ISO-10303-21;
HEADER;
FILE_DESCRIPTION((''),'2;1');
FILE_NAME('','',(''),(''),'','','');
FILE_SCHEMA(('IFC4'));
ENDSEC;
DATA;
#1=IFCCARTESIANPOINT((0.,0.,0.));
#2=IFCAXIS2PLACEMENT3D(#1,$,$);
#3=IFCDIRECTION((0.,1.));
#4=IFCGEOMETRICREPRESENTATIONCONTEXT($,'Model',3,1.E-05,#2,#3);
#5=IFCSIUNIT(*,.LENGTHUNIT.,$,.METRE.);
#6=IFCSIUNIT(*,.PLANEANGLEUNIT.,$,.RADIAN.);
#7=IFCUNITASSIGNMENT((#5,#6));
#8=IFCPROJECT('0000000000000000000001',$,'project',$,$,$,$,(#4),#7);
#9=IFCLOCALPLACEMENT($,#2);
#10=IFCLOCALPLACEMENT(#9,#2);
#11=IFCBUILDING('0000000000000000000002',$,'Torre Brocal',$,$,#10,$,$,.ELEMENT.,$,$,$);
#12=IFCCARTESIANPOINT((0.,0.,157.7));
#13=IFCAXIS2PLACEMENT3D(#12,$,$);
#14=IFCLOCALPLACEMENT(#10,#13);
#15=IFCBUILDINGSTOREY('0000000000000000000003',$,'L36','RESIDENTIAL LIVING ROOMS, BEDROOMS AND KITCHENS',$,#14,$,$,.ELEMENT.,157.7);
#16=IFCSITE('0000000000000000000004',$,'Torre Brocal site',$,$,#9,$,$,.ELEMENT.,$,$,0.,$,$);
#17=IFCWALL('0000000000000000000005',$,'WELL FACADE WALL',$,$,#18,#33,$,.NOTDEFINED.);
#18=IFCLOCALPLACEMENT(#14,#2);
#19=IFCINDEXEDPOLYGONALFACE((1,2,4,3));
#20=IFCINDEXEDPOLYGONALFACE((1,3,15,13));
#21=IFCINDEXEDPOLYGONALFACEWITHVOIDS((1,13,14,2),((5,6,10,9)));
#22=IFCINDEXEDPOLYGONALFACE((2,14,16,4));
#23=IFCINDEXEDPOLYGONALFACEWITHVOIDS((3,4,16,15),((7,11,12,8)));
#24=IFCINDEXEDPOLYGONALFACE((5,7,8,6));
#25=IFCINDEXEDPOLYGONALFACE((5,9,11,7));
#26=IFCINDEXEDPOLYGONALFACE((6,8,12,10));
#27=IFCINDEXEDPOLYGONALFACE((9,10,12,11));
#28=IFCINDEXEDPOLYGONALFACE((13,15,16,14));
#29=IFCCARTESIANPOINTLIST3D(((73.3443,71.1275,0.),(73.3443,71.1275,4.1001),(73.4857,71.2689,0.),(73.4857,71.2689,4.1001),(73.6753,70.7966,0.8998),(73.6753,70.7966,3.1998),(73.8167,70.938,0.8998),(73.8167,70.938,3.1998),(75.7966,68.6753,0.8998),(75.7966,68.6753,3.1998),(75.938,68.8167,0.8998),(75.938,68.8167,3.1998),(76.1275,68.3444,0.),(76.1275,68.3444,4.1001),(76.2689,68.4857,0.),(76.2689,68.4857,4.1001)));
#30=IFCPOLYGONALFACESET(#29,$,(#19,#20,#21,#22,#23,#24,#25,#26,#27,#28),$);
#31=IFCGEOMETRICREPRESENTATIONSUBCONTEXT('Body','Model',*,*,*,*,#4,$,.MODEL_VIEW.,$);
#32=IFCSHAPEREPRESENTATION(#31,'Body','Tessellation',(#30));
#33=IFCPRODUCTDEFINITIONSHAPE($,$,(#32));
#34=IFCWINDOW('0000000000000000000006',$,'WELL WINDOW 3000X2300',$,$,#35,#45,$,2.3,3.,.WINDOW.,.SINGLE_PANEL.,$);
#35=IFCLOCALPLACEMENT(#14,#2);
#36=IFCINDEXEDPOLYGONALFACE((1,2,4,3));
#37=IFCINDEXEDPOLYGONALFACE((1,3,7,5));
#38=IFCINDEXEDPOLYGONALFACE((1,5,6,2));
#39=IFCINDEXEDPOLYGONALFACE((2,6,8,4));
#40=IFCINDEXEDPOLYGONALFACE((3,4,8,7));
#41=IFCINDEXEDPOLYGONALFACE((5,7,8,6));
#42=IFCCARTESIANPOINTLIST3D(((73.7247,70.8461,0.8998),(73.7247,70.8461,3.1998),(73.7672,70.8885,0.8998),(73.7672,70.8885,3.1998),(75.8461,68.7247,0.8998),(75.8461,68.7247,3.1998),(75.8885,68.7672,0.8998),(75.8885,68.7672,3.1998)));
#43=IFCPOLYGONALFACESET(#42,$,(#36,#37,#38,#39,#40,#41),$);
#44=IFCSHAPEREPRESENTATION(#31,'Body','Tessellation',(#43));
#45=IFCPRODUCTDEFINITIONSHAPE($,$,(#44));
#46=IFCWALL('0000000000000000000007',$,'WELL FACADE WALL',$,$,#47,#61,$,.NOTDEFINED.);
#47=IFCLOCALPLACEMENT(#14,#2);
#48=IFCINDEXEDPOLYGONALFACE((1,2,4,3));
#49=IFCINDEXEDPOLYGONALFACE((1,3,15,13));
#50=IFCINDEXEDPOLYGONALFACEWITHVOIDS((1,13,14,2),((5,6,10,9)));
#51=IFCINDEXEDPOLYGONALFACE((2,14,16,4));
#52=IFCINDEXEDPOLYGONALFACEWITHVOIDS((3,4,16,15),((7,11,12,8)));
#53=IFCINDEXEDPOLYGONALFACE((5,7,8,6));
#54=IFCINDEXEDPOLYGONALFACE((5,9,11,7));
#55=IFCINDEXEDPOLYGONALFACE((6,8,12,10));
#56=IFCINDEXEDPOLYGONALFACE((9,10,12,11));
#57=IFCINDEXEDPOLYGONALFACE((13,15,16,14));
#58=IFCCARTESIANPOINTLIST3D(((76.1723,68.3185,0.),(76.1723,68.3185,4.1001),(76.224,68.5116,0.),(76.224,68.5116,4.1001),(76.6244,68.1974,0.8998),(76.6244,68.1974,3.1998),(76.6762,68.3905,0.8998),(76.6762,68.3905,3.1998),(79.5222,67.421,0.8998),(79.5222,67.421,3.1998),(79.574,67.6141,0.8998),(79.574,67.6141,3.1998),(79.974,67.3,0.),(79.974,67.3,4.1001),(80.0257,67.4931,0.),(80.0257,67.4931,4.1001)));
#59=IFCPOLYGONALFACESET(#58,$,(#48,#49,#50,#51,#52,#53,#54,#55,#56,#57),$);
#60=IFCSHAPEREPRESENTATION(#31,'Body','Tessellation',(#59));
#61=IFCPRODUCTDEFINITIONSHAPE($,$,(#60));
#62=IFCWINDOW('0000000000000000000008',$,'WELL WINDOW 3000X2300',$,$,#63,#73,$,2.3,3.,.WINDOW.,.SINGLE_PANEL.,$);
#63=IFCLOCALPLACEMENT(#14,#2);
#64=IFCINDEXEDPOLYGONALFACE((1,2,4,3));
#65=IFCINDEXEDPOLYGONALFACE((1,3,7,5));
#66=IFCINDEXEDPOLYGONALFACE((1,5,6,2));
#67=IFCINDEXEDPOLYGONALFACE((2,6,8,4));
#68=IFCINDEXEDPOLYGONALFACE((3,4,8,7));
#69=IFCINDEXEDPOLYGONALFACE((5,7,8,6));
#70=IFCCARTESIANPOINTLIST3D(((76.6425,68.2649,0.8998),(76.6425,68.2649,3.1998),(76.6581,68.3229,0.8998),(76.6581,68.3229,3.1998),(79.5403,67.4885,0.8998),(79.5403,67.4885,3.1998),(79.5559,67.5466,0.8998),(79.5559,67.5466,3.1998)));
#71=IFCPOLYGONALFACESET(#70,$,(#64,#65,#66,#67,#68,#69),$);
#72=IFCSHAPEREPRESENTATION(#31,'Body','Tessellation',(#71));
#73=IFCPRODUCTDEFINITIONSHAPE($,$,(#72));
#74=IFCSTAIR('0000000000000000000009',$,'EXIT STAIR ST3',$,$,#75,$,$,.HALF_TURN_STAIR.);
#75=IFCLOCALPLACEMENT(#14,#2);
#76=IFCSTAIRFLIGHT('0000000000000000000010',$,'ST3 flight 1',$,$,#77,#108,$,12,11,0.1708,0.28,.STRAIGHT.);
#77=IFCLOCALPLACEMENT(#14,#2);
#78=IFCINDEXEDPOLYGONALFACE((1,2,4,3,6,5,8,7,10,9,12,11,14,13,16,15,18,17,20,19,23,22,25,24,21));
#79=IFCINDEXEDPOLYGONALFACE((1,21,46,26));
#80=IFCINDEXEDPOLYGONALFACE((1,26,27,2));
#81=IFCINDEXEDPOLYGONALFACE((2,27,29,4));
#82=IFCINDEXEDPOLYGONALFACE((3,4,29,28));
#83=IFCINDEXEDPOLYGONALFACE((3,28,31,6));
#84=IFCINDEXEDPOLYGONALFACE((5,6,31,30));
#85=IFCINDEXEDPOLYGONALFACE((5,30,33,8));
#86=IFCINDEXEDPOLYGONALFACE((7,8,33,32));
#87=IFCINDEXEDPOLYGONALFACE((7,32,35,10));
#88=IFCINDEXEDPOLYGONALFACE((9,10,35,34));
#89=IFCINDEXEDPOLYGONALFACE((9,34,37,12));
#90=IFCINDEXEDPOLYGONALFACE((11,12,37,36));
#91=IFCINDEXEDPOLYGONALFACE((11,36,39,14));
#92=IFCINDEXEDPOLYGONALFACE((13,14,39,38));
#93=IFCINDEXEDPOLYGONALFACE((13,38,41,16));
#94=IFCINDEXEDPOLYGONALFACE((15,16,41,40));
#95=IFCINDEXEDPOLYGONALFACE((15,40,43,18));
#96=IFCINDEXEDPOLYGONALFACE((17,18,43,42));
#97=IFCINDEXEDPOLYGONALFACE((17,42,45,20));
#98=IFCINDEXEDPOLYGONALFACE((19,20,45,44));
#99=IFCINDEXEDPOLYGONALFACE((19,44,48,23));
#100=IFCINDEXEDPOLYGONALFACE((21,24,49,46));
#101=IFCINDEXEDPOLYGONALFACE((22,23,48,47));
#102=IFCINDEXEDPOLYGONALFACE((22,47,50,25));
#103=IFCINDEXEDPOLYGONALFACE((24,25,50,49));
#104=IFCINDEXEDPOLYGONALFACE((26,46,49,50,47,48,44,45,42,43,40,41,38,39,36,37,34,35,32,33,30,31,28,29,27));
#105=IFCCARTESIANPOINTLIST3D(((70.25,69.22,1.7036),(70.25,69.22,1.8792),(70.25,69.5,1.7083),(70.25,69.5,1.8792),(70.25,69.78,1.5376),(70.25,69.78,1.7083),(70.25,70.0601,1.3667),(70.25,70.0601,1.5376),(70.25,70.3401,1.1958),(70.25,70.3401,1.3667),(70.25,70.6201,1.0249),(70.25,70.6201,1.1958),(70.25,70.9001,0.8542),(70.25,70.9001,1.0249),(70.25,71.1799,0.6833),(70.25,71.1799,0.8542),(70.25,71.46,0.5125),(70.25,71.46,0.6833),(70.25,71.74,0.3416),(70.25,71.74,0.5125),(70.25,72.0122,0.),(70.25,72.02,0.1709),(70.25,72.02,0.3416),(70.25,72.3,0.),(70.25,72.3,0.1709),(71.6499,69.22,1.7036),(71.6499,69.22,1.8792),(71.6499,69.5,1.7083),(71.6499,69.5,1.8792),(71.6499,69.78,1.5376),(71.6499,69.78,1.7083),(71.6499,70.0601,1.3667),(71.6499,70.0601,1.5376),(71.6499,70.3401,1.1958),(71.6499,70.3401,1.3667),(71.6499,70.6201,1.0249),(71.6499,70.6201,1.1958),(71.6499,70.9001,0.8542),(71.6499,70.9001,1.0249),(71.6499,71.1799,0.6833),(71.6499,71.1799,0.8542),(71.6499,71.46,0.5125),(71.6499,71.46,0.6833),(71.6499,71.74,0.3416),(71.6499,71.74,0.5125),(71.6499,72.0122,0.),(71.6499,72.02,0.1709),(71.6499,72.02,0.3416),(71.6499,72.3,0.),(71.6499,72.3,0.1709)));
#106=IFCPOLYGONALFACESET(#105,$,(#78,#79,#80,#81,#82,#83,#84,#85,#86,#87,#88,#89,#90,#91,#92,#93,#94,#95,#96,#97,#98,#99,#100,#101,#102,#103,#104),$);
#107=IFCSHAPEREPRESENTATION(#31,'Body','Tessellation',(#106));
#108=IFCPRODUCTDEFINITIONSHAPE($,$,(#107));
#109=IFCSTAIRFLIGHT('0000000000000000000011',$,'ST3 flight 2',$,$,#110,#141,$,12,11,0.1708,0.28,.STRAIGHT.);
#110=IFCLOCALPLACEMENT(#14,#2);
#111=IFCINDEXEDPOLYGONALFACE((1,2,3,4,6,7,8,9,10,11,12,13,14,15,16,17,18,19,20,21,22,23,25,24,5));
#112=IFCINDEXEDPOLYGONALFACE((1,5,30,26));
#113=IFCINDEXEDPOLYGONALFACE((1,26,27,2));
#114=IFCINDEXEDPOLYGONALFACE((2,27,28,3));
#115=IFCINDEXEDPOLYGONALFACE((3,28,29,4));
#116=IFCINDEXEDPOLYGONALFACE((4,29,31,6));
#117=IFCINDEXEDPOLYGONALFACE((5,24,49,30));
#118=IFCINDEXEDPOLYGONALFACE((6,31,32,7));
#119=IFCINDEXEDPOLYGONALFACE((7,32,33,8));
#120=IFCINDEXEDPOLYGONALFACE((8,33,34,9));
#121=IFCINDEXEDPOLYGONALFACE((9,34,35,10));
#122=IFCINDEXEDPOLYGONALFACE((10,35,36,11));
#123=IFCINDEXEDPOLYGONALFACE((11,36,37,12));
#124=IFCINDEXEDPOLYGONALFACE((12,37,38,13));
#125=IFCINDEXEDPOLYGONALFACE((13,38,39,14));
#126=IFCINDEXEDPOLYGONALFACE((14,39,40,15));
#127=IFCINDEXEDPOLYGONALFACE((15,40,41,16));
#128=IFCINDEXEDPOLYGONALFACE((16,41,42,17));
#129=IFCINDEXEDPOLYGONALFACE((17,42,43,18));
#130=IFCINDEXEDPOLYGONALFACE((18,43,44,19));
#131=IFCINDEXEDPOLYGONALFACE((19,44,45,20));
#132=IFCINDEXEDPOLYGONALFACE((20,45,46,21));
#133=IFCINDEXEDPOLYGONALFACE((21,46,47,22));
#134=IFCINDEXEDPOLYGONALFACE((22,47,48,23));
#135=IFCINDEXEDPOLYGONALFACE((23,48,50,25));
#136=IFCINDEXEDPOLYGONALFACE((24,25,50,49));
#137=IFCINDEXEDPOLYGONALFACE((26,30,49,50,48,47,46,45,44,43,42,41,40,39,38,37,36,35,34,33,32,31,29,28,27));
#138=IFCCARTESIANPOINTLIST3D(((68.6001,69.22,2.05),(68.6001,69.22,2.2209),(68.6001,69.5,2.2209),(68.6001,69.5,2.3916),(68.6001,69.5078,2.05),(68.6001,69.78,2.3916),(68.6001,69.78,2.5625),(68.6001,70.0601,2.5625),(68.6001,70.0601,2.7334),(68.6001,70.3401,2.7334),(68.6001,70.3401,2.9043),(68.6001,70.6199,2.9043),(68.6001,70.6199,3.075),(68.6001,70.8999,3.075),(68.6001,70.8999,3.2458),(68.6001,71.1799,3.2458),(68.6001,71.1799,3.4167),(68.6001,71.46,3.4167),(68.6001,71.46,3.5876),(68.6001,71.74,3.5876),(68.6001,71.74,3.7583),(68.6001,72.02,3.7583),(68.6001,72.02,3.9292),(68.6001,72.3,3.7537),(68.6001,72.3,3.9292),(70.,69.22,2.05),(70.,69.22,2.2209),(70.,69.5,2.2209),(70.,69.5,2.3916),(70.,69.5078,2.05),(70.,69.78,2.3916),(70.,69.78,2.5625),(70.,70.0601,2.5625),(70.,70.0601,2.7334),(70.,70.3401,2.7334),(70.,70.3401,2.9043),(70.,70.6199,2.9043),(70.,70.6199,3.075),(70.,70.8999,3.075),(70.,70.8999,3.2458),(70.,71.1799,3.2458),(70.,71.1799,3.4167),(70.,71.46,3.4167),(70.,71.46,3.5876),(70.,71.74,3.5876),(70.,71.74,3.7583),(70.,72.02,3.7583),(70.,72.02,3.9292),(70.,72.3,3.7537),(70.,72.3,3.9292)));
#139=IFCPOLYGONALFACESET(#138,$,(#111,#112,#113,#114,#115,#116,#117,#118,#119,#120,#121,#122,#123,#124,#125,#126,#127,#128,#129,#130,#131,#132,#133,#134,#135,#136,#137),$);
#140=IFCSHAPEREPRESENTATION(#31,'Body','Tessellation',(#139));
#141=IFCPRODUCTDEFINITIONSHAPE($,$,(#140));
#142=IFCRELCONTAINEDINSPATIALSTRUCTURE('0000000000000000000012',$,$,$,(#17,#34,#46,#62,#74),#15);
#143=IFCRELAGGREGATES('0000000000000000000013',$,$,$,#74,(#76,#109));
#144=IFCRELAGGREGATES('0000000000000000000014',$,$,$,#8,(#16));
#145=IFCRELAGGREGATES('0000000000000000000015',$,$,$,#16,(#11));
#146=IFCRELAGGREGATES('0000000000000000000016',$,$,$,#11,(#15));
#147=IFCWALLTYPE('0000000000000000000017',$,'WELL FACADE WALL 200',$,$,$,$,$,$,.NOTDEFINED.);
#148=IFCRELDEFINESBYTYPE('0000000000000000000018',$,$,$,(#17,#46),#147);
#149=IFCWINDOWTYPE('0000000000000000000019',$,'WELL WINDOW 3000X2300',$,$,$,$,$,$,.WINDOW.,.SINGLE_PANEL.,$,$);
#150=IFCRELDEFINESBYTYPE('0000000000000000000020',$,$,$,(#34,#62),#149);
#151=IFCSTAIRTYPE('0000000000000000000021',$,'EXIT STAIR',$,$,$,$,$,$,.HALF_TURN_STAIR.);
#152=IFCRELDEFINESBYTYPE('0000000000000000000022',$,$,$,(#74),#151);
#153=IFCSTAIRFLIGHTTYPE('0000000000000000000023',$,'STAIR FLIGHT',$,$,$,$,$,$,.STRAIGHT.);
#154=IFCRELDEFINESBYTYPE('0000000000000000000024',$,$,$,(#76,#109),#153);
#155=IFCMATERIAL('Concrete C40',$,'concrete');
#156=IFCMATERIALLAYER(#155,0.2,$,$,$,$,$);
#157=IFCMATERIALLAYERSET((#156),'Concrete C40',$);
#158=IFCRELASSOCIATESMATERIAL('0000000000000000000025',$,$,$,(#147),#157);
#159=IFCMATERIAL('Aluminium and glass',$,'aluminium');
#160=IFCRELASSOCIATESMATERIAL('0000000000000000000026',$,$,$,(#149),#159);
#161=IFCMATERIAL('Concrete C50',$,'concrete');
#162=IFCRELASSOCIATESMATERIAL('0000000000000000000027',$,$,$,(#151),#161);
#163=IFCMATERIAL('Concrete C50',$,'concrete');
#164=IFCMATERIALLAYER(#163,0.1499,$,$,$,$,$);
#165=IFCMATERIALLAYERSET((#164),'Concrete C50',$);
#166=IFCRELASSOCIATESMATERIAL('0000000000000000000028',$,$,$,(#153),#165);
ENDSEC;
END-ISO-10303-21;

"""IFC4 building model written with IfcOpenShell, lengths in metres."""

from ifc_helpers import new_model, si_unit, direction, frame, frame_2d, origin, place, context, subcontext, project, spatial, polyline, rectangle, outline, extrude, material, layer, layer_set, type_object, element, fill, aggregate, save


model = new_model("IFC4")

# Units and contexts
model_context = context("Model", 3, precision=1e-05, world=origin(), true_north=direction((0.0, 1.0)))
body_context = subcontext(model_context, "Body", "Model", "MODEL_VIEW")
ifc_project = project(units=[si_unit("LENGTHUNIT", "METRE"), si_unit("PLANEANGLEUNIT", "RADIAN")], contexts=[model_context])

# Site, building, storey
site_placement = place(None, origin())
site = spatial("IfcSite", under=ifc_project, at=site_placement, Name="Torre Brocal site", CompositionType="ELEMENT", RefElevation=0.0)
building_placement = place(site_placement, origin())
building = spatial("IfcBuilding", under=site, at=building_placement, Name="Torre Brocal", CompositionType="ELEMENT")
storey_placement = place(building_placement, frame((0.0, 0.0, 157.7)))
storey = spatial("IfcBuildingStorey", under=building, at=storey_placement, Name="L36", Description="RESIDENTIAL LIVING ROOMS, BEDROOMS AND KITCHENS", CompositionType="ELEMENT", Elevation=157.7)

# Walls, openings, windows
ifc_material_1 = material(Name="Concrete C40", Category="concrete")
ifc_layer_1 = layer(ifc_material_1, 0.2)
ifc_layer_set_1 = layer_set([ifc_layer_1], Name="Concrete C40")
wall_type_1 = type_object("IfcWallType", Name="WELL FACADE WALL 200", PredefinedType="NOTDEFINED", material=ifc_layer_set_1)
wall_1_placement = place(storey_placement, frame((73.415, 71.1982, 0.0), z_axis=(0.0, 0.0, 1.0), x_axis=(0.707107, -0.707107, 0.0)))
wall_1 = element("IfcWall", 1, at=wall_1_placement, inside=storey, type_object=wall_type_1, Name="WELL FACADE WALL", PredefinedType="NOTDEFINED", context=body_context, shape_type="SweptSolid", body=[
    extrude(rectangle(XDim=3.936, YDim=0.2, at=frame_2d((1.968, 0.0))), origin(), (0.0, 0.0, 1.0), 4.1001),
])
opening_1_placement = place(wall_1_placement, frame((0.468, 0.0, 0.8999)))
opening_1 = element("IfcOpeningElement", 2, at=opening_1_placement, cuts=wall_1, PredefinedType="OPENING", context=body_context, shape_type="SweptSolid", body=[
    extrude(rectangle(XDim=3.0, YDim=2.3, at=frame_2d((1.5, 1.1499))), frame((0.0, 0.1099, 0.0), z_axis=(0.0, -1.0, 0.0), x_axis=(1.0, 0.0, 0.0)), (0.0, 0.0, 1.0), 0.22),
])
ifc_material_2 = material(Name="Aluminium and glass", Category="aluminium")
window_type = type_object("IfcWindowType", Name="WELL WINDOW 3000X2300", PartitioningType="SINGLE_PANEL", PredefinedType="WINDOW", material=ifc_material_2)
window_1_placement = place(opening_1_placement, origin())
window_1 = element("IfcWindow", 3, at=window_1_placement, inside=storey, type_object=window_type, Name="WELL WINDOW 3000X2300", OverallHeight=2.3, OverallWidth=3.0, PartitioningType="SINGLE_PANEL", PredefinedType="WINDOW", context=body_context, shape_type="SweptSolid", body=[
    extrude(rectangle(XDim=3.0, YDim=2.3, at=frame_2d((1.5, 1.1499))), frame((0.0, 0.03, 0.0), z_axis=(0.0, -1.0, 0.0), x_axis=(1.0, 0.0, 0.0)), (0.0, 0.0, 1.0), 0.0601),
])
fill(opening_1, window_1)
wall_2_placement = place(storey_placement, frame((76.1982, 68.415, 0.0), z_axis=(0.0, 0.0, 1.0), x_axis=(0.965934, -0.25879, 0.0)))
wall_2 = element("IfcWall", 4, at=wall_2_placement, inside=storey, type_object=wall_type_1, Name="WELL FACADE WALL", PredefinedType="NOTDEFINED", context=body_context, shape_type="SweptSolid", body=[
    extrude(rectangle(XDim=3.9358, YDim=0.2, at=frame_2d((1.9678, 0.0))), origin(), (0.0, 0.0, 1.0), 4.1001),
])
opening_2_placement = place(wall_2_placement, frame((0.468, 0.0, 0.8999)))
opening_2 = element("IfcOpeningElement", 5, at=opening_2_placement, cuts=wall_2, PredefinedType="OPENING", context=body_context, shape_type="SweptSolid", body=[
    extrude(rectangle(XDim=3.0, YDim=2.3, at=frame_2d((1.5, 1.1499))), frame((0.0, 0.1099, 0.0), z_axis=(0.0, -1.0, 0.0), x_axis=(1.0, 0.0, 0.0)), (0.0, 0.0, 1.0), 0.22),
])
window_2_placement = place(opening_2_placement, origin())
window_2 = element("IfcWindow", 6, at=window_2_placement, inside=storey, type_object=window_type, Name="WELL WINDOW 3000X2300", OverallHeight=2.3, OverallWidth=3.0, PartitioningType="SINGLE_PANEL", PredefinedType="WINDOW", context=body_context, shape_type="SweptSolid", body=[
    extrude(rectangle(XDim=3.0, YDim=2.3, at=frame_2d((1.5, 1.1499))), frame((0.0, 0.03, 0.0), z_axis=(0.0, -1.0, 0.0), x_axis=(1.0, 0.0, 0.0)), (0.0, 0.0, 1.0), 0.0601),
])
fill(opening_2, window_2)

# Stair, stair flights
ifc_material_3 = material(Name="Concrete C50", Category="concrete")
stair_type = type_object("IfcStairType", Name="EXIT STAIR", PredefinedType="HALF_TURN_STAIR", material=ifc_material_3)
stair_placement = place(storey_placement, origin())
stair = element("IfcStair", 7, at=stair_placement, inside=storey, type_object=stair_type, Name="EXIT STAIR ST3", PredefinedType="HALF_TURN_STAIR")
ifc_material_4 = material(Name="Concrete C50", Category="concrete")
ifc_layer_2 = layer(ifc_material_4, 0.1499)
ifc_layer_set_2 = layer_set([ifc_layer_2], Name="Concrete C50")
stair_flight_type = type_object("IfcStairFlightType", Name="STAIR FLIGHT", PredefinedType="STRAIGHT", material=ifc_layer_set_2)
stair_flight_1_placement = place(storey_placement, frame((70.95, 72.3, 0.0), z_axis=(0.0, 0.0, 1.0), x_axis=(0.0, -1.0, 0.0)))
stair_flight_1 = element("IfcStairFlight", 8, at=stair_flight_1_placement, type_object=stair_flight_type, Name="ST3 flight 1", NumberOfRisers=12, NumberOfTreads=11, PredefinedType="STRAIGHT", RiserHeight=0.1708, TreadLength=0.28, context=body_context, shape_type="SweptSolid", body=[
    extrude(outline(polyline([(0.0, 0.0), (0.0, 0.1709), (0.28, 0.1709), (0.28, 0.3416), (0.5601, 0.3416), (0.5601, 0.5125), (0.8401, 0.5125), (0.8401, 0.6833), (1.1201, 0.6833), (1.1201, 0.8542), (1.3999, 0.8542), (1.3999, 1.0249), (1.6799, 1.0249), (1.6799, 1.1958), (1.96, 1.1958), (1.96, 1.3667), (2.24, 1.3667), (2.24, 1.5376), (2.52, 1.5376), (2.52, 1.7083), (2.8, 1.7083), (2.8, 1.8792), (3.0801, 1.8792), (3.0801, 2.05), (3.0801, 1.7036), (0.2878, 0.0), (0.0, 0.0)])), frame((0.0, 0.7, 0.0), z_axis=(0.0, -1.0, 0.0), x_axis=(1.0, 0.0, 0.0)), (0.0, 0.0, 1.0), 1.3999),
])
stair_flight_2_placement = place(storey_placement, frame((69.3, 69.22, 2.05), z_axis=(0.0, 0.0, 1.0), x_axis=(0.0, 1.0, 0.0)))
stair_flight_2 = element("IfcStairFlight", 9, at=stair_flight_2_placement, type_object=stair_flight_type, Name="ST3 flight 2", NumberOfRisers=12, NumberOfTreads=11, PredefinedType="STRAIGHT", RiserHeight=0.1708, TreadLength=0.28, context=body_context, shape_type="SweptSolid", body=[
    extrude(outline(polyline([(0.0, 0.0), (0.0, 0.1709), (0.28, 0.1709), (0.28, 0.3416), (0.5601, 0.3416), (0.5601, 0.5125), (0.8401, 0.5125), (0.8401, 0.6833), (1.1201, 0.6833), (1.1201, 0.8542), (1.3999, 0.8542), (1.3999, 1.0249), (1.6799, 1.0249), (1.6799, 1.1958), (1.96, 1.1958), (1.96, 1.3667), (2.24, 1.3667), (2.24, 1.5376), (2.52, 1.5376), (2.52, 1.7083), (2.8, 1.7083), (2.8, 1.8792), (3.0801, 1.8792), (3.0801, 2.05), (3.0801, 1.7036), (0.2878, 0.0), (0.0, 0.0)])), frame((0.0, 0.7, 0.0), z_axis=(0.0, -1.0, 0.0), x_axis=(1.0, 0.0, 0.0)), (0.0, 0.0, 1.0), 1.3999),
])
aggregate(stair, [stair_flight_1, stair_flight_2])

save(model, "model.ifc")
